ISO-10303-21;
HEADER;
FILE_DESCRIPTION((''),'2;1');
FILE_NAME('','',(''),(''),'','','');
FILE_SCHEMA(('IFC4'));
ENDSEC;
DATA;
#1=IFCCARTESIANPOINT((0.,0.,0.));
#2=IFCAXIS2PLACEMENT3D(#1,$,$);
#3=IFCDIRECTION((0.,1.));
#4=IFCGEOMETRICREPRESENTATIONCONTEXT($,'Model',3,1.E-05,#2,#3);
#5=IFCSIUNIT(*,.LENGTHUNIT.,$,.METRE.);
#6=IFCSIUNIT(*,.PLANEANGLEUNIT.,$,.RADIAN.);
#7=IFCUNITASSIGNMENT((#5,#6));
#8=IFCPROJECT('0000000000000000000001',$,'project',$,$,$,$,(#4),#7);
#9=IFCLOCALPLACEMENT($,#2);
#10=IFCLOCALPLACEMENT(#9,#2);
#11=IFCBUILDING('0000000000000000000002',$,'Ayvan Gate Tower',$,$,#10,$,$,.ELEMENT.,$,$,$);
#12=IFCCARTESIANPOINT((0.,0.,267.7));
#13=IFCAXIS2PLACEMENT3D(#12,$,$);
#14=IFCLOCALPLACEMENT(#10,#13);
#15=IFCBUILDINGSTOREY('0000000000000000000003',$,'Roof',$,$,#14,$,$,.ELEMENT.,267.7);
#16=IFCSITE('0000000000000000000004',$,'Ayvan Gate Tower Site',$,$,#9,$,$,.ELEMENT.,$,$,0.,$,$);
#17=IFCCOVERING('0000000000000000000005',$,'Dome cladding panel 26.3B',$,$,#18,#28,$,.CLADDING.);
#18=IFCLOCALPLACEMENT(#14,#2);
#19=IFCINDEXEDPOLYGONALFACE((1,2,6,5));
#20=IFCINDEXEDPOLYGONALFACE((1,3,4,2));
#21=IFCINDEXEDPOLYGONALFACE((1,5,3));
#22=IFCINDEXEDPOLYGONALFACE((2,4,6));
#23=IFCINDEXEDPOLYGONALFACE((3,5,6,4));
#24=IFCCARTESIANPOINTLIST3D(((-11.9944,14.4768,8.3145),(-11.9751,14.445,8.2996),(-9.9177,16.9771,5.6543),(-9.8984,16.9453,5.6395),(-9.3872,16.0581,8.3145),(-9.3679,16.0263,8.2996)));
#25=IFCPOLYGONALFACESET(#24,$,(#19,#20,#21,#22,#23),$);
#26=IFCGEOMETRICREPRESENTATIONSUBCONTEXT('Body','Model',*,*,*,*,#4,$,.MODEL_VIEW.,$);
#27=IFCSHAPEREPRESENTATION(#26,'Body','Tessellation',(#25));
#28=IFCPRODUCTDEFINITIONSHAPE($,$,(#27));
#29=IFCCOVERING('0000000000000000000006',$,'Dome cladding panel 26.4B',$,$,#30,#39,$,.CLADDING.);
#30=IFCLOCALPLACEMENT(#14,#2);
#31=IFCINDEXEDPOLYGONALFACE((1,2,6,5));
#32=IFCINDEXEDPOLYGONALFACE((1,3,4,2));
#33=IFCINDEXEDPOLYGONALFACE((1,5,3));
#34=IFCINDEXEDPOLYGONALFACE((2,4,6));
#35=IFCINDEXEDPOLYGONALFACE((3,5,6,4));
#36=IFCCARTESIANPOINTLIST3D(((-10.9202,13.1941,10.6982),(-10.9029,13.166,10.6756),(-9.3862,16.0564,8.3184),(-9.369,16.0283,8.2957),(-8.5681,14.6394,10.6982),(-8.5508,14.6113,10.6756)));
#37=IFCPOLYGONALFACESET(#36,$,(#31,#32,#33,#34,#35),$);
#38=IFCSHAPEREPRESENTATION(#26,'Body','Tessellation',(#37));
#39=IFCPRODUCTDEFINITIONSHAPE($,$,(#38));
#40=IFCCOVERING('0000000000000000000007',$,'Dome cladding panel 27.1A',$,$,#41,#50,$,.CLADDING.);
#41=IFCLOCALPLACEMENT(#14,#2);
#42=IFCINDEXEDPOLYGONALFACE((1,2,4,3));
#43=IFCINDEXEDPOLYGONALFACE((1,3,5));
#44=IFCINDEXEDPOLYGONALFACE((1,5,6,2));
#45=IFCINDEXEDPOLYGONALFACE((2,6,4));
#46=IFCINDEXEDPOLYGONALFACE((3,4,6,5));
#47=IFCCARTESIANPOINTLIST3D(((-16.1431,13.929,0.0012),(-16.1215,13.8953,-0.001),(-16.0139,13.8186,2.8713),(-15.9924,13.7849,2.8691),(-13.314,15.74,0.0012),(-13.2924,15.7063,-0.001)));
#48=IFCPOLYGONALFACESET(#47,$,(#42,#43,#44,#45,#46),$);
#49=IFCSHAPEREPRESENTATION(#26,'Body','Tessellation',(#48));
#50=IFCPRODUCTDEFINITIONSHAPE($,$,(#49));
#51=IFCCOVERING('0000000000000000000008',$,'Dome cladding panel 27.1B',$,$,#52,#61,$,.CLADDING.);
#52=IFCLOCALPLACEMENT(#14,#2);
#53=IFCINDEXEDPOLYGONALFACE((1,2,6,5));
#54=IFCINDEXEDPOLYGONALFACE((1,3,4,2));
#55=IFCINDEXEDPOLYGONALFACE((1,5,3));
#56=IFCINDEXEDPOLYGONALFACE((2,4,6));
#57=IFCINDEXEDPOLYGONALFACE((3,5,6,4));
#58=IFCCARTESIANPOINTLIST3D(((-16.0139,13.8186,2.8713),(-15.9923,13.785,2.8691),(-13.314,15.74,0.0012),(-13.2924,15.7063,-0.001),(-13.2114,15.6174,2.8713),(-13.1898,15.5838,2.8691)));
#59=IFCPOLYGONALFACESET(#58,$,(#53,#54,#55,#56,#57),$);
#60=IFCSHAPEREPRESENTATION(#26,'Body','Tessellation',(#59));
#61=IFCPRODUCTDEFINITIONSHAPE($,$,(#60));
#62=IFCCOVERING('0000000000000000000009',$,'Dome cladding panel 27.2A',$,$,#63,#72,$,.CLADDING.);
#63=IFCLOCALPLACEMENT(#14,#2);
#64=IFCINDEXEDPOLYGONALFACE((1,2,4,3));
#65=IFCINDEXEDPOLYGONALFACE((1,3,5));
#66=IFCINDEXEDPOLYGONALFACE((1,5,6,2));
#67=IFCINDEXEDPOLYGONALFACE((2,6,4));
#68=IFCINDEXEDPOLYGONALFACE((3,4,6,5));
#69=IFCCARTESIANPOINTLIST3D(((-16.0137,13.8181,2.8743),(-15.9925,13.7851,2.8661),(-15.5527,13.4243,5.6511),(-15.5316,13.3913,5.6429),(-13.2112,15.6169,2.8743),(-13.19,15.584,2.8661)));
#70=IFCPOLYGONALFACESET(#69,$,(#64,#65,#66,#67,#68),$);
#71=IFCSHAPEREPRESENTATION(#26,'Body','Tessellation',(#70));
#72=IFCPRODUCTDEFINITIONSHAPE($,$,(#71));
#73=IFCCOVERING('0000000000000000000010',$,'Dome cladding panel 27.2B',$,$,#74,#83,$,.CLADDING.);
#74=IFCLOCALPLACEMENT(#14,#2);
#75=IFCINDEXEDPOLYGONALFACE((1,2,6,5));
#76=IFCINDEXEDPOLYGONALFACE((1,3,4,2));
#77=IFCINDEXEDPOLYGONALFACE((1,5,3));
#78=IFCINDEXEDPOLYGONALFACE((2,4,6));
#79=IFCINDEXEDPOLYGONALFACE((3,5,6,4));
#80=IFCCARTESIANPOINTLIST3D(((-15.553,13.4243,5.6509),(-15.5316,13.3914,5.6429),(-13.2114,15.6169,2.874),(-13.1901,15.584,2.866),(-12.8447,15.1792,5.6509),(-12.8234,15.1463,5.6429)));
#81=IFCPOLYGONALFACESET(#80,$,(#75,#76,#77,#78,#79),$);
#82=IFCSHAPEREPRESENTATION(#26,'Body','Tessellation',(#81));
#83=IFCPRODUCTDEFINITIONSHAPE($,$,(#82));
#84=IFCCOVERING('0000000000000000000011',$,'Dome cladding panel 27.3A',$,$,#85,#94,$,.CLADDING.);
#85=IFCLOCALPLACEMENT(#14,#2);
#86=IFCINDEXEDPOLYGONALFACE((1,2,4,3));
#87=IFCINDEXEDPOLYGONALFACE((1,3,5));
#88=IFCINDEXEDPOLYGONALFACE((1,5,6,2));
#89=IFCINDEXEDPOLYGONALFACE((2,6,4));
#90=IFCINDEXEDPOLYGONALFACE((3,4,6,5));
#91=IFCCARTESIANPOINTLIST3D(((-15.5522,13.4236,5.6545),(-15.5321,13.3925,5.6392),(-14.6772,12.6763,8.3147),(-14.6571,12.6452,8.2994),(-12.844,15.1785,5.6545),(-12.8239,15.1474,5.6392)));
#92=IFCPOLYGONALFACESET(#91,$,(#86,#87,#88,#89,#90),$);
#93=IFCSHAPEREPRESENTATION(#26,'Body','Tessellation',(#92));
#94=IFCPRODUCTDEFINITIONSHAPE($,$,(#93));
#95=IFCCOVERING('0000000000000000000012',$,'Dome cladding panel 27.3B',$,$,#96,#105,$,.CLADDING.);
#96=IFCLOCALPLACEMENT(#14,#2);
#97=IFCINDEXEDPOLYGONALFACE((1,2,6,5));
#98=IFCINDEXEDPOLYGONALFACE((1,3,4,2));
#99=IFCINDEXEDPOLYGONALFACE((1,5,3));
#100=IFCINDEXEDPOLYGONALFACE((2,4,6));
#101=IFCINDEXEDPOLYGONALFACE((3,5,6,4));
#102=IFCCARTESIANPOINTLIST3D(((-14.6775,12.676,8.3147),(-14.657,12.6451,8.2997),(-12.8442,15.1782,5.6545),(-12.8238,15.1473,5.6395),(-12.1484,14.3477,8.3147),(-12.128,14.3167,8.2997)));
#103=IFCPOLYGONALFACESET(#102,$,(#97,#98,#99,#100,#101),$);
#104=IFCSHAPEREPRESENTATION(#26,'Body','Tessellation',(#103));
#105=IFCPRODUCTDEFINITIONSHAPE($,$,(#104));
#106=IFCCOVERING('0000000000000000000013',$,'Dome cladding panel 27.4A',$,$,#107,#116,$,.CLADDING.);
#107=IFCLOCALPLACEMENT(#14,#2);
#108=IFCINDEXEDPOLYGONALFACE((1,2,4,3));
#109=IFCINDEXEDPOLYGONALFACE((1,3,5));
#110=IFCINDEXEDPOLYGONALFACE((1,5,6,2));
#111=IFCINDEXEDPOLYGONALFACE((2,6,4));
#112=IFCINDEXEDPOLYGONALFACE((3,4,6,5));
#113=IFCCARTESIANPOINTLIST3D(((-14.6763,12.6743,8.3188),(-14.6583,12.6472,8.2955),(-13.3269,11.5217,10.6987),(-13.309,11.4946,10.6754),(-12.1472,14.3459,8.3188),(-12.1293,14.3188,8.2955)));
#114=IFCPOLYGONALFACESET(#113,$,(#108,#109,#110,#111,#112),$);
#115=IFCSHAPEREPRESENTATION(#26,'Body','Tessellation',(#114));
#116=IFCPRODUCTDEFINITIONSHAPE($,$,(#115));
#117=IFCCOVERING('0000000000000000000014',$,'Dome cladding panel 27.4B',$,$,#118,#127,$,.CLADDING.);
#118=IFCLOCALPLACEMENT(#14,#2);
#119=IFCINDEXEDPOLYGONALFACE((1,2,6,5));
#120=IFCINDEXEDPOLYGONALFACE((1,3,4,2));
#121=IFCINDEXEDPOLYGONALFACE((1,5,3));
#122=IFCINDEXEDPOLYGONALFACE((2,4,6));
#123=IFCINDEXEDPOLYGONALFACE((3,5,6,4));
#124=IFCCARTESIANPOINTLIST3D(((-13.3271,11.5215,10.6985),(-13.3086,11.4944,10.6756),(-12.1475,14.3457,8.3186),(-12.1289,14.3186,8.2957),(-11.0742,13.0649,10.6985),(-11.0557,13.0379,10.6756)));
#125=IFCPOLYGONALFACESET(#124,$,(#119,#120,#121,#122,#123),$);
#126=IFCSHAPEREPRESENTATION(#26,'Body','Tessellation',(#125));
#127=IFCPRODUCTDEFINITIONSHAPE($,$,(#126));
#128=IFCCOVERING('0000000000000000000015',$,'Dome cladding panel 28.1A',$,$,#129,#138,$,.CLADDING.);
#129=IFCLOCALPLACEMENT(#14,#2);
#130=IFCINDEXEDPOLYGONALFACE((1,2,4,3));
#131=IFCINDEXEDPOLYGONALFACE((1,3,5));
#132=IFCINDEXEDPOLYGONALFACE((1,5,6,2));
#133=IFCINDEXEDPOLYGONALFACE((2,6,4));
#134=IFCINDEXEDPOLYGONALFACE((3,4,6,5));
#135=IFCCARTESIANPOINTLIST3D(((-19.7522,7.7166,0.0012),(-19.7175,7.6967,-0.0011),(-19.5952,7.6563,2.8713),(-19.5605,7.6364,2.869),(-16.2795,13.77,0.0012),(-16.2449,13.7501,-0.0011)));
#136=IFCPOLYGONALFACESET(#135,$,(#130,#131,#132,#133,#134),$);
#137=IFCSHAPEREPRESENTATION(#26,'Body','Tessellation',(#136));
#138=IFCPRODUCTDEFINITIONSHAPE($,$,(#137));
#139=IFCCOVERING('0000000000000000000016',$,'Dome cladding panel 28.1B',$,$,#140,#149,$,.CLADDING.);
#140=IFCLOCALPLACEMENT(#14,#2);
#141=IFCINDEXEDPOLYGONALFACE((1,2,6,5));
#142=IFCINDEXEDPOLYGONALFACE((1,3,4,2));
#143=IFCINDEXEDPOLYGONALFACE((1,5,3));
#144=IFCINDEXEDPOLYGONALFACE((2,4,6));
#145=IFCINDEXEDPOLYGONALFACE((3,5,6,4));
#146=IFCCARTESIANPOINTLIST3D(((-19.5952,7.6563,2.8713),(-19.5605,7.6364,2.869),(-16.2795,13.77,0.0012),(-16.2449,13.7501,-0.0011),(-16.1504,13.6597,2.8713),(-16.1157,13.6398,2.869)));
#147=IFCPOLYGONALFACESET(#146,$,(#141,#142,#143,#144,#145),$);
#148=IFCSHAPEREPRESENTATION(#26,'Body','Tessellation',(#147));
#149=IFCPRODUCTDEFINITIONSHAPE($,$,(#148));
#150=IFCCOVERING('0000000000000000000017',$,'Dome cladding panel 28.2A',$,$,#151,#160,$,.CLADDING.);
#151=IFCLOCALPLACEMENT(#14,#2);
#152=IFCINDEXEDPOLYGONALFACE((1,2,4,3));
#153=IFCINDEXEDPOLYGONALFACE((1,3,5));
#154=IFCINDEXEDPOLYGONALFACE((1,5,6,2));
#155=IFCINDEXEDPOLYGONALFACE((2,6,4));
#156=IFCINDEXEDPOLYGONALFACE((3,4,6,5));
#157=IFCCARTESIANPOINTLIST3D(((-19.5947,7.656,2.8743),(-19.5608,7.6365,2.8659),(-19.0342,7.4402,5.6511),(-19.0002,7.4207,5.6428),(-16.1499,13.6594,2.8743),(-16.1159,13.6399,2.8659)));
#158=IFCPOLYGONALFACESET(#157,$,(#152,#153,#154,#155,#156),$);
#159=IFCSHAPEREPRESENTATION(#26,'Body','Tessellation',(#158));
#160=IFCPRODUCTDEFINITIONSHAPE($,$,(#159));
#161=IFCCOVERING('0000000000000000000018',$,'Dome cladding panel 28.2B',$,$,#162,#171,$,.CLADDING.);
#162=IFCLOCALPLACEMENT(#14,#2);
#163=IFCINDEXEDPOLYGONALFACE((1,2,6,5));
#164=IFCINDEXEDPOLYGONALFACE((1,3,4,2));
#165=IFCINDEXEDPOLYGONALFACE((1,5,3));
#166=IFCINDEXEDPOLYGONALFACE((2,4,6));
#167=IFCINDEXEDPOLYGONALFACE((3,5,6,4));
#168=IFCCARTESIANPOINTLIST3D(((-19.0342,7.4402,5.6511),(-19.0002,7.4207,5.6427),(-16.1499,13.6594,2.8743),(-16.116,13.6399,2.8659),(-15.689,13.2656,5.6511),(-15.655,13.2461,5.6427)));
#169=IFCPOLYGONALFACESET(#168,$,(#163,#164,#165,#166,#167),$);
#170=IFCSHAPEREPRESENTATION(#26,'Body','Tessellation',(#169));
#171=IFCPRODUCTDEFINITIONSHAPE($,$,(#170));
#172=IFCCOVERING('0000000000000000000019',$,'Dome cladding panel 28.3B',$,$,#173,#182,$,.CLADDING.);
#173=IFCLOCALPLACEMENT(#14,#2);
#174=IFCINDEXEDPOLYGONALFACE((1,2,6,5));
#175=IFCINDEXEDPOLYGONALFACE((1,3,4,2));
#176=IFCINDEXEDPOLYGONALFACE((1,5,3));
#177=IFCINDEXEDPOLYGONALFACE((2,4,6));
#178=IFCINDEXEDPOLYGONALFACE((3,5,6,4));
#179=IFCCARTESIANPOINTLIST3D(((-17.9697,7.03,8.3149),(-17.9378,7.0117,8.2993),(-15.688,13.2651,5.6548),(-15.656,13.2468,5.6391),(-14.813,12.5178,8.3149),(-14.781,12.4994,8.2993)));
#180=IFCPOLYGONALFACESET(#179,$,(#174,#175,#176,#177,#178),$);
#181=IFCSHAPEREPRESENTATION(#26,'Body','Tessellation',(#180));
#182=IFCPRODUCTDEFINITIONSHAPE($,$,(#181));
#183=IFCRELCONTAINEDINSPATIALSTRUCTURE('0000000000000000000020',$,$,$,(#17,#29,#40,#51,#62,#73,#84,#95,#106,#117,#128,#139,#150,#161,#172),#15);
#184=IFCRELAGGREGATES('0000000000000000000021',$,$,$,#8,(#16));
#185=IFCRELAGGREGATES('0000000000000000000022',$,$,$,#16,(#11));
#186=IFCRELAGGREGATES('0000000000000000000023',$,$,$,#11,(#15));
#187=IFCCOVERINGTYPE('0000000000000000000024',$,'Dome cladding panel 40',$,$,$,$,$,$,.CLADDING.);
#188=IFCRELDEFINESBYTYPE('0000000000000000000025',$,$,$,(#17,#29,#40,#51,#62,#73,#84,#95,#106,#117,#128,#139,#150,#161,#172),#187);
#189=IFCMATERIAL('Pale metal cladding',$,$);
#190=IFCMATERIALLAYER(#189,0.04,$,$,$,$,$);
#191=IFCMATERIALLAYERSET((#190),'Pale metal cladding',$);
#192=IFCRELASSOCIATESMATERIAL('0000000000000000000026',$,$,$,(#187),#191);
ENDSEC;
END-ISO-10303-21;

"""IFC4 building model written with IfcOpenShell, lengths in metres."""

from ifc_helpers import new_model, si_unit, direction, frame, origin, place, context, subcontext, project, spatial, polyline, outline, extrude, material, layer, layer_set, type_object, element, save


model = new_model("IFC4")

# Units and contexts
model_context = context("Model", 3, precision=1e-05, world=origin(), true_north=direction((0.0, 1.0)))
body_context = subcontext(model_context, "Body", "Model", "MODEL_VIEW")
ifc_project = project(units=[si_unit("LENGTHUNIT", "METRE"), si_unit("PLANEANGLEUNIT", "RADIAN")], contexts=[model_context])

# Site, building, storey
site_placement = place(None, origin())
site = spatial("IfcSite", under=ifc_project, at=site_placement, Name="Ayvan Gate Tower Site", CompositionType="ELEMENT", RefElevation=0.0)
building_placement = place(site_placement, origin())
building = spatial("IfcBuilding", under=site, at=building_placement, Name="Ayvan Gate Tower", CompositionType="ELEMENT")
storey_placement = place(building_placement, frame((0.0, 0.0, 267.7)))
storey = spatial("IfcBuildingStorey", under=building, at=storey_placement, Name="Roof", CompositionType="ELEMENT", Elevation=267.7)

# Coverings
ifc_material_1 = material(Name="Pale metal cladding")
ifc_layer_1 = layer(ifc_material_1, 0.04)
ifc_layer_set_1 = layer_set([ifc_layer_1], Name="Pale metal cladding")
covering_type = type_object("IfcCoveringType", Name="Dome cladding panel 40", PredefinedType="CLADDING", material=ifc_layer_set_1)
covering_1_placement = place(storey_placement, frame((-9.9177, 16.9771, 5.6543), z_axis=(-0.481697, 0.794202, 0.370421), x_axis=(-0.494441, -0.595293, 0.633367)))
element("IfcCovering", 1, at=covering_1_placement, inside=storey, type_object=covering_type, Name="Dome cladding panel 26.3B", PredefinedType="CLADDING", context=body_context, shape_type="SweptSolid", body=[
    extrude(outline(polyline([(0.0, 0.0), (4.2, 0.0), (1.9696, 2.0792), (0.0, 0.0)])), origin(), (0.0, 0.0, -1.0), 0.04),
])
covering_2_placement = place(storey_placement, frame((-9.3862, 16.0564, 8.3184), z_axis=(-0.431471, 0.702161, 0.566394), x_axis=(-0.380997, -0.710935, 0.591112)))
element("IfcCovering", 2, at=covering_2_placement, inside=storey, type_object=covering_type, Name="Dome cladding panel 26.4B", PredefinedType="CLADDING", context=body_context, shape_type="SweptSolid", body=[
    extrude(outline(polyline([(0.0, 0.0), (4.0261, 0.0), (2.1025, 1.9801), (0.0, 0.0)])), origin(), (0.0, 0.0, -1.0), 0.04),
])
covering_3_placement = place(storey_placement, frame((-13.314, 15.74, 0.0012), z_axis=(-0.538278, 0.840868, 0.056552), x_axis=(-0.842216, -0.53914, 0.0)))
element("IfcCovering", 3, at=covering_3_placement, inside=storey, type_object=covering_type, Name="Dome cladding panel 27.1A", PredefinedType="CLADDING", context=body_context, shape_type="SweptSolid", body=[
    extrude(outline(polyline([(0.0, 0.0), (3.3591, 0.0), (3.3098, 2.8747), (0.0, 0.0)])), origin(), (0.0, 0.0, -1.0), 0.04),
])
covering_4_placement = place(storey_placement, frame((-13.314, 15.74, 0.0012), z_axis=(-0.539346, 0.840276, 0.05515), x_axis=(-0.615872, -0.438277, 0.654687)))
element("IfcCovering", 4, at=covering_4_placement, inside=storey, type_object=covering_type, Name="Dome cladding panel 27.1B", PredefinedType="CLADDING", context=body_context, shape_type="SweptSolid", body=[
    extrude(outline(polyline([(0.0, 0.0), (4.384, 0.0), (1.8696, 2.1835), (0.0, 0.0)])), origin(), (0.0, 0.0, -1.0), 0.04),
])
covering_5_placement = place(storey_placement, frame((-13.2112, 15.6169, 2.8743), z_axis=(-0.528743, 0.823757, 0.204588), x_axis=(-0.841557, -0.540168, 0.0)))
element("IfcCovering", 5, at=covering_5_placement, inside=storey, type_object=covering_type, Name="Dome cladding panel 27.2A", PredefinedType="CLADDING", context=body_context, shape_type="SweptSolid", body=[
    extrude(outline(polyline([(0.0, 0.0), (3.3301, 0.0), (3.1549, 2.8369), (0.0, 0.0)])), origin(), (0.0, 0.0, -1.0), 0.04),
])
covering_6_placement = place(storey_placement, frame((-13.2114, 15.6169, 2.874), z_axis=(-0.532809, 0.822266, 0.199983), x_axis=(-0.551888, -0.516787, 0.654486)))
element("IfcCovering", 6, at=covering_6_placement, inside=storey, type_object=covering_type, Name="Dome cladding panel 27.2B", PredefinedType="CLADDING", context=body_context, shape_type="SweptSolid", body=[
    extrude(outline(polyline([(0.0, 0.0), (4.2428, 0.0), (1.8413, 2.1556), (0.0, 0.0)])), origin(), (0.0, 0.0, -1.0), 0.04),
])
covering_7_placement = place(storey_placement, frame((-12.844, 15.1785, 5.6545), z_axis=(-0.502326, 0.775223, 0.383012), x_axis=(-0.839219, -0.543794, 0.0)))
element("IfcCovering", 7, at=covering_7_placement, inside=storey, type_object=covering_type, Name="Dome cladding panel 27.3A", PredefinedType="CLADDING", context=body_context, shape_type="SweptSolid", body=[
    extrude(outline(polyline([(0.0, 0.0), (3.2271, 0.0), (2.8992, 2.8798), (0.0, 0.0)])), origin(), (0.0, 0.0, -1.0), 0.04),
])
covering_8_placement = place(storey_placement, frame((-12.8442, 15.1782, 5.6545), z_axis=(-0.511136, 0.77331, 0.375141), x_axis=(-0.448629, -0.612331, 0.650986)))
element("IfcCovering", 8, at=covering_8_placement, inside=storey, type_object=covering_type, Name="Dome cladding panel 27.3B", PredefinedType="CLADDING", context=body_context, shape_type="SweptSolid", body=[
    extrude(outline(polyline([(0.0, 0.0), (4.0863, 0.0), (1.9282, 2.129), (0.0, 0.0)])), origin(), (0.0, 0.0, -1.0), 0.04),
])
covering_9_placement = place(storey_placement, frame((-12.1472, 14.3459, 8.3188), z_axis=(-0.448193, 0.678082, 0.582518), x_axis=(-0.834237, -0.551406, 0.0)))
element("IfcCovering", 9, at=covering_9_placement, inside=storey, type_object=covering_type, Name="Dome cladding panel 27.4A", PredefinedType="CLADDING", context=body_context, shape_type="SweptSolid", body=[
    extrude(outline(polyline([(0.0, 0.0), (3.0316, 0.0), (2.5414, 2.9279), (0.0, 0.0)])), origin(), (0.0, 0.0, -1.0), 0.04),
])
covering_10_placement = place(storey_placement, frame((-12.1475, 14.3457, 8.3186), z_axis=(-0.463263, 0.676209, 0.572825), x_axis=(-0.304272, -0.72844, 0.613834)))
element("IfcCovering", 10, at=covering_10_placement, inside=storey, type_object=covering_type, Name="Dome cladding panel 27.4B", PredefinedType="CLADDING", context=body_context, shape_type="SweptSolid", body=[
    extrude(outline(polyline([(0.0, 0.0), (3.8771, 0.0), (2.0673, 2.0451), (0.0, 0.0)])), origin(), (0.0, 0.0, -1.0), 0.04),
])
covering_11_placement = place(storey_placement, frame((-16.2795, 13.77, 0.0012), z_axis=(-0.865956, 0.496768, 0.057801), x_axis=(-0.4976, -0.867407, 0.0)))
element("IfcCovering", 11, at=covering_11_placement, inside=storey, type_object=covering_type, Name="Dome cladding panel 28.1A", PredefinedType="CLADDING", context=body_context, shape_type="SweptSolid", body=[
    extrude(outline(polyline([(0.0, 0.0), (6.9788, 0.0), (6.953, 2.8749), (0.0, 0.0)])), origin(), (0.0, 0.0, -1.0), 0.04),
])
covering_12_placement = place(storey_placement, frame((-16.2795, 13.77, 0.0012), z_axis=(-0.865888, 0.496856, 0.058067), x_axis=(-0.440684, -0.812577, 0.381465)))
element("IfcCovering", 12, at=covering_12_placement, inside=storey, type_object=covering_type, Name="Dome cladding panel 28.1B", PredefinedType="CLADDING", context=body_context, shape_type="SweptSolid", body=[
    extrude(outline(polyline([(0.0, 0.0), (7.5239, 0.0), (1.1276, 2.6448), (0.0, 0.0)])), origin(), (0.0, 0.0, -1.0), 0.04),
])
covering_13_placement = place(storey_placement, frame((-16.1499, 13.6594, 2.8743), z_axis=(-0.848188, 0.486699, 0.209045), x_axis=(-0.497696, -0.867352, 0.0)))
element("IfcCovering", 13, at=covering_13_placement, inside=storey, type_object=covering_type, Name="Dome cladding panel 28.2A", PredefinedType="CLADDING", context=body_context, shape_type="SweptSolid", body=[
    extrude(outline(polyline([(0.0, 0.0), (6.9215, 0.0), (6.8298, 2.8396), (0.0, 0.0)])), origin(), (0.0, 0.0, -1.0), 0.04),
])
covering_14_placement = place(storey_placement, frame((-16.1499, 13.6594, 2.8743), z_axis=(-0.847892, 0.486895, 0.209793), x_axis=(-0.389949, -0.84083, 0.375426)))
element("IfcCovering", 14, at=covering_14_placement, inside=storey, type_object=covering_type, Name="Dome cladding panel 28.2B", PredefinedType="CLADDING", context=body_context, shape_type="SweptSolid", body=[
    extrude(outline(polyline([(0.0, 0.0), (7.3965, 0.0), (1.1939, 2.5794), (0.0, 0.0)])), origin(), (0.0, 0.0, -1.0), 0.04),
])
covering_15_placement = place(storey_placement, frame((-15.688, 13.2651, 5.6548), z_axis=(-0.797705, 0.458863, 0.391295), x_axis=(-0.319009, -0.871729, 0.371916)))
element("IfcCovering", 15, at=covering_15_placement, inside=storey, type_object=covering_type, Name="Dome cladding panel 28.3B", PredefinedType="CLADDING", context=body_context, shape_type="SweptSolid", body=[
    extrude(outline(polyline([(0.0, 0.0), (7.1526, 0.0), (1.3617, 2.5586), (0.0, 0.0)])), origin(), (0.0, 0.0, -1.0), 0.04),
])

save(model, "model.ifc")
